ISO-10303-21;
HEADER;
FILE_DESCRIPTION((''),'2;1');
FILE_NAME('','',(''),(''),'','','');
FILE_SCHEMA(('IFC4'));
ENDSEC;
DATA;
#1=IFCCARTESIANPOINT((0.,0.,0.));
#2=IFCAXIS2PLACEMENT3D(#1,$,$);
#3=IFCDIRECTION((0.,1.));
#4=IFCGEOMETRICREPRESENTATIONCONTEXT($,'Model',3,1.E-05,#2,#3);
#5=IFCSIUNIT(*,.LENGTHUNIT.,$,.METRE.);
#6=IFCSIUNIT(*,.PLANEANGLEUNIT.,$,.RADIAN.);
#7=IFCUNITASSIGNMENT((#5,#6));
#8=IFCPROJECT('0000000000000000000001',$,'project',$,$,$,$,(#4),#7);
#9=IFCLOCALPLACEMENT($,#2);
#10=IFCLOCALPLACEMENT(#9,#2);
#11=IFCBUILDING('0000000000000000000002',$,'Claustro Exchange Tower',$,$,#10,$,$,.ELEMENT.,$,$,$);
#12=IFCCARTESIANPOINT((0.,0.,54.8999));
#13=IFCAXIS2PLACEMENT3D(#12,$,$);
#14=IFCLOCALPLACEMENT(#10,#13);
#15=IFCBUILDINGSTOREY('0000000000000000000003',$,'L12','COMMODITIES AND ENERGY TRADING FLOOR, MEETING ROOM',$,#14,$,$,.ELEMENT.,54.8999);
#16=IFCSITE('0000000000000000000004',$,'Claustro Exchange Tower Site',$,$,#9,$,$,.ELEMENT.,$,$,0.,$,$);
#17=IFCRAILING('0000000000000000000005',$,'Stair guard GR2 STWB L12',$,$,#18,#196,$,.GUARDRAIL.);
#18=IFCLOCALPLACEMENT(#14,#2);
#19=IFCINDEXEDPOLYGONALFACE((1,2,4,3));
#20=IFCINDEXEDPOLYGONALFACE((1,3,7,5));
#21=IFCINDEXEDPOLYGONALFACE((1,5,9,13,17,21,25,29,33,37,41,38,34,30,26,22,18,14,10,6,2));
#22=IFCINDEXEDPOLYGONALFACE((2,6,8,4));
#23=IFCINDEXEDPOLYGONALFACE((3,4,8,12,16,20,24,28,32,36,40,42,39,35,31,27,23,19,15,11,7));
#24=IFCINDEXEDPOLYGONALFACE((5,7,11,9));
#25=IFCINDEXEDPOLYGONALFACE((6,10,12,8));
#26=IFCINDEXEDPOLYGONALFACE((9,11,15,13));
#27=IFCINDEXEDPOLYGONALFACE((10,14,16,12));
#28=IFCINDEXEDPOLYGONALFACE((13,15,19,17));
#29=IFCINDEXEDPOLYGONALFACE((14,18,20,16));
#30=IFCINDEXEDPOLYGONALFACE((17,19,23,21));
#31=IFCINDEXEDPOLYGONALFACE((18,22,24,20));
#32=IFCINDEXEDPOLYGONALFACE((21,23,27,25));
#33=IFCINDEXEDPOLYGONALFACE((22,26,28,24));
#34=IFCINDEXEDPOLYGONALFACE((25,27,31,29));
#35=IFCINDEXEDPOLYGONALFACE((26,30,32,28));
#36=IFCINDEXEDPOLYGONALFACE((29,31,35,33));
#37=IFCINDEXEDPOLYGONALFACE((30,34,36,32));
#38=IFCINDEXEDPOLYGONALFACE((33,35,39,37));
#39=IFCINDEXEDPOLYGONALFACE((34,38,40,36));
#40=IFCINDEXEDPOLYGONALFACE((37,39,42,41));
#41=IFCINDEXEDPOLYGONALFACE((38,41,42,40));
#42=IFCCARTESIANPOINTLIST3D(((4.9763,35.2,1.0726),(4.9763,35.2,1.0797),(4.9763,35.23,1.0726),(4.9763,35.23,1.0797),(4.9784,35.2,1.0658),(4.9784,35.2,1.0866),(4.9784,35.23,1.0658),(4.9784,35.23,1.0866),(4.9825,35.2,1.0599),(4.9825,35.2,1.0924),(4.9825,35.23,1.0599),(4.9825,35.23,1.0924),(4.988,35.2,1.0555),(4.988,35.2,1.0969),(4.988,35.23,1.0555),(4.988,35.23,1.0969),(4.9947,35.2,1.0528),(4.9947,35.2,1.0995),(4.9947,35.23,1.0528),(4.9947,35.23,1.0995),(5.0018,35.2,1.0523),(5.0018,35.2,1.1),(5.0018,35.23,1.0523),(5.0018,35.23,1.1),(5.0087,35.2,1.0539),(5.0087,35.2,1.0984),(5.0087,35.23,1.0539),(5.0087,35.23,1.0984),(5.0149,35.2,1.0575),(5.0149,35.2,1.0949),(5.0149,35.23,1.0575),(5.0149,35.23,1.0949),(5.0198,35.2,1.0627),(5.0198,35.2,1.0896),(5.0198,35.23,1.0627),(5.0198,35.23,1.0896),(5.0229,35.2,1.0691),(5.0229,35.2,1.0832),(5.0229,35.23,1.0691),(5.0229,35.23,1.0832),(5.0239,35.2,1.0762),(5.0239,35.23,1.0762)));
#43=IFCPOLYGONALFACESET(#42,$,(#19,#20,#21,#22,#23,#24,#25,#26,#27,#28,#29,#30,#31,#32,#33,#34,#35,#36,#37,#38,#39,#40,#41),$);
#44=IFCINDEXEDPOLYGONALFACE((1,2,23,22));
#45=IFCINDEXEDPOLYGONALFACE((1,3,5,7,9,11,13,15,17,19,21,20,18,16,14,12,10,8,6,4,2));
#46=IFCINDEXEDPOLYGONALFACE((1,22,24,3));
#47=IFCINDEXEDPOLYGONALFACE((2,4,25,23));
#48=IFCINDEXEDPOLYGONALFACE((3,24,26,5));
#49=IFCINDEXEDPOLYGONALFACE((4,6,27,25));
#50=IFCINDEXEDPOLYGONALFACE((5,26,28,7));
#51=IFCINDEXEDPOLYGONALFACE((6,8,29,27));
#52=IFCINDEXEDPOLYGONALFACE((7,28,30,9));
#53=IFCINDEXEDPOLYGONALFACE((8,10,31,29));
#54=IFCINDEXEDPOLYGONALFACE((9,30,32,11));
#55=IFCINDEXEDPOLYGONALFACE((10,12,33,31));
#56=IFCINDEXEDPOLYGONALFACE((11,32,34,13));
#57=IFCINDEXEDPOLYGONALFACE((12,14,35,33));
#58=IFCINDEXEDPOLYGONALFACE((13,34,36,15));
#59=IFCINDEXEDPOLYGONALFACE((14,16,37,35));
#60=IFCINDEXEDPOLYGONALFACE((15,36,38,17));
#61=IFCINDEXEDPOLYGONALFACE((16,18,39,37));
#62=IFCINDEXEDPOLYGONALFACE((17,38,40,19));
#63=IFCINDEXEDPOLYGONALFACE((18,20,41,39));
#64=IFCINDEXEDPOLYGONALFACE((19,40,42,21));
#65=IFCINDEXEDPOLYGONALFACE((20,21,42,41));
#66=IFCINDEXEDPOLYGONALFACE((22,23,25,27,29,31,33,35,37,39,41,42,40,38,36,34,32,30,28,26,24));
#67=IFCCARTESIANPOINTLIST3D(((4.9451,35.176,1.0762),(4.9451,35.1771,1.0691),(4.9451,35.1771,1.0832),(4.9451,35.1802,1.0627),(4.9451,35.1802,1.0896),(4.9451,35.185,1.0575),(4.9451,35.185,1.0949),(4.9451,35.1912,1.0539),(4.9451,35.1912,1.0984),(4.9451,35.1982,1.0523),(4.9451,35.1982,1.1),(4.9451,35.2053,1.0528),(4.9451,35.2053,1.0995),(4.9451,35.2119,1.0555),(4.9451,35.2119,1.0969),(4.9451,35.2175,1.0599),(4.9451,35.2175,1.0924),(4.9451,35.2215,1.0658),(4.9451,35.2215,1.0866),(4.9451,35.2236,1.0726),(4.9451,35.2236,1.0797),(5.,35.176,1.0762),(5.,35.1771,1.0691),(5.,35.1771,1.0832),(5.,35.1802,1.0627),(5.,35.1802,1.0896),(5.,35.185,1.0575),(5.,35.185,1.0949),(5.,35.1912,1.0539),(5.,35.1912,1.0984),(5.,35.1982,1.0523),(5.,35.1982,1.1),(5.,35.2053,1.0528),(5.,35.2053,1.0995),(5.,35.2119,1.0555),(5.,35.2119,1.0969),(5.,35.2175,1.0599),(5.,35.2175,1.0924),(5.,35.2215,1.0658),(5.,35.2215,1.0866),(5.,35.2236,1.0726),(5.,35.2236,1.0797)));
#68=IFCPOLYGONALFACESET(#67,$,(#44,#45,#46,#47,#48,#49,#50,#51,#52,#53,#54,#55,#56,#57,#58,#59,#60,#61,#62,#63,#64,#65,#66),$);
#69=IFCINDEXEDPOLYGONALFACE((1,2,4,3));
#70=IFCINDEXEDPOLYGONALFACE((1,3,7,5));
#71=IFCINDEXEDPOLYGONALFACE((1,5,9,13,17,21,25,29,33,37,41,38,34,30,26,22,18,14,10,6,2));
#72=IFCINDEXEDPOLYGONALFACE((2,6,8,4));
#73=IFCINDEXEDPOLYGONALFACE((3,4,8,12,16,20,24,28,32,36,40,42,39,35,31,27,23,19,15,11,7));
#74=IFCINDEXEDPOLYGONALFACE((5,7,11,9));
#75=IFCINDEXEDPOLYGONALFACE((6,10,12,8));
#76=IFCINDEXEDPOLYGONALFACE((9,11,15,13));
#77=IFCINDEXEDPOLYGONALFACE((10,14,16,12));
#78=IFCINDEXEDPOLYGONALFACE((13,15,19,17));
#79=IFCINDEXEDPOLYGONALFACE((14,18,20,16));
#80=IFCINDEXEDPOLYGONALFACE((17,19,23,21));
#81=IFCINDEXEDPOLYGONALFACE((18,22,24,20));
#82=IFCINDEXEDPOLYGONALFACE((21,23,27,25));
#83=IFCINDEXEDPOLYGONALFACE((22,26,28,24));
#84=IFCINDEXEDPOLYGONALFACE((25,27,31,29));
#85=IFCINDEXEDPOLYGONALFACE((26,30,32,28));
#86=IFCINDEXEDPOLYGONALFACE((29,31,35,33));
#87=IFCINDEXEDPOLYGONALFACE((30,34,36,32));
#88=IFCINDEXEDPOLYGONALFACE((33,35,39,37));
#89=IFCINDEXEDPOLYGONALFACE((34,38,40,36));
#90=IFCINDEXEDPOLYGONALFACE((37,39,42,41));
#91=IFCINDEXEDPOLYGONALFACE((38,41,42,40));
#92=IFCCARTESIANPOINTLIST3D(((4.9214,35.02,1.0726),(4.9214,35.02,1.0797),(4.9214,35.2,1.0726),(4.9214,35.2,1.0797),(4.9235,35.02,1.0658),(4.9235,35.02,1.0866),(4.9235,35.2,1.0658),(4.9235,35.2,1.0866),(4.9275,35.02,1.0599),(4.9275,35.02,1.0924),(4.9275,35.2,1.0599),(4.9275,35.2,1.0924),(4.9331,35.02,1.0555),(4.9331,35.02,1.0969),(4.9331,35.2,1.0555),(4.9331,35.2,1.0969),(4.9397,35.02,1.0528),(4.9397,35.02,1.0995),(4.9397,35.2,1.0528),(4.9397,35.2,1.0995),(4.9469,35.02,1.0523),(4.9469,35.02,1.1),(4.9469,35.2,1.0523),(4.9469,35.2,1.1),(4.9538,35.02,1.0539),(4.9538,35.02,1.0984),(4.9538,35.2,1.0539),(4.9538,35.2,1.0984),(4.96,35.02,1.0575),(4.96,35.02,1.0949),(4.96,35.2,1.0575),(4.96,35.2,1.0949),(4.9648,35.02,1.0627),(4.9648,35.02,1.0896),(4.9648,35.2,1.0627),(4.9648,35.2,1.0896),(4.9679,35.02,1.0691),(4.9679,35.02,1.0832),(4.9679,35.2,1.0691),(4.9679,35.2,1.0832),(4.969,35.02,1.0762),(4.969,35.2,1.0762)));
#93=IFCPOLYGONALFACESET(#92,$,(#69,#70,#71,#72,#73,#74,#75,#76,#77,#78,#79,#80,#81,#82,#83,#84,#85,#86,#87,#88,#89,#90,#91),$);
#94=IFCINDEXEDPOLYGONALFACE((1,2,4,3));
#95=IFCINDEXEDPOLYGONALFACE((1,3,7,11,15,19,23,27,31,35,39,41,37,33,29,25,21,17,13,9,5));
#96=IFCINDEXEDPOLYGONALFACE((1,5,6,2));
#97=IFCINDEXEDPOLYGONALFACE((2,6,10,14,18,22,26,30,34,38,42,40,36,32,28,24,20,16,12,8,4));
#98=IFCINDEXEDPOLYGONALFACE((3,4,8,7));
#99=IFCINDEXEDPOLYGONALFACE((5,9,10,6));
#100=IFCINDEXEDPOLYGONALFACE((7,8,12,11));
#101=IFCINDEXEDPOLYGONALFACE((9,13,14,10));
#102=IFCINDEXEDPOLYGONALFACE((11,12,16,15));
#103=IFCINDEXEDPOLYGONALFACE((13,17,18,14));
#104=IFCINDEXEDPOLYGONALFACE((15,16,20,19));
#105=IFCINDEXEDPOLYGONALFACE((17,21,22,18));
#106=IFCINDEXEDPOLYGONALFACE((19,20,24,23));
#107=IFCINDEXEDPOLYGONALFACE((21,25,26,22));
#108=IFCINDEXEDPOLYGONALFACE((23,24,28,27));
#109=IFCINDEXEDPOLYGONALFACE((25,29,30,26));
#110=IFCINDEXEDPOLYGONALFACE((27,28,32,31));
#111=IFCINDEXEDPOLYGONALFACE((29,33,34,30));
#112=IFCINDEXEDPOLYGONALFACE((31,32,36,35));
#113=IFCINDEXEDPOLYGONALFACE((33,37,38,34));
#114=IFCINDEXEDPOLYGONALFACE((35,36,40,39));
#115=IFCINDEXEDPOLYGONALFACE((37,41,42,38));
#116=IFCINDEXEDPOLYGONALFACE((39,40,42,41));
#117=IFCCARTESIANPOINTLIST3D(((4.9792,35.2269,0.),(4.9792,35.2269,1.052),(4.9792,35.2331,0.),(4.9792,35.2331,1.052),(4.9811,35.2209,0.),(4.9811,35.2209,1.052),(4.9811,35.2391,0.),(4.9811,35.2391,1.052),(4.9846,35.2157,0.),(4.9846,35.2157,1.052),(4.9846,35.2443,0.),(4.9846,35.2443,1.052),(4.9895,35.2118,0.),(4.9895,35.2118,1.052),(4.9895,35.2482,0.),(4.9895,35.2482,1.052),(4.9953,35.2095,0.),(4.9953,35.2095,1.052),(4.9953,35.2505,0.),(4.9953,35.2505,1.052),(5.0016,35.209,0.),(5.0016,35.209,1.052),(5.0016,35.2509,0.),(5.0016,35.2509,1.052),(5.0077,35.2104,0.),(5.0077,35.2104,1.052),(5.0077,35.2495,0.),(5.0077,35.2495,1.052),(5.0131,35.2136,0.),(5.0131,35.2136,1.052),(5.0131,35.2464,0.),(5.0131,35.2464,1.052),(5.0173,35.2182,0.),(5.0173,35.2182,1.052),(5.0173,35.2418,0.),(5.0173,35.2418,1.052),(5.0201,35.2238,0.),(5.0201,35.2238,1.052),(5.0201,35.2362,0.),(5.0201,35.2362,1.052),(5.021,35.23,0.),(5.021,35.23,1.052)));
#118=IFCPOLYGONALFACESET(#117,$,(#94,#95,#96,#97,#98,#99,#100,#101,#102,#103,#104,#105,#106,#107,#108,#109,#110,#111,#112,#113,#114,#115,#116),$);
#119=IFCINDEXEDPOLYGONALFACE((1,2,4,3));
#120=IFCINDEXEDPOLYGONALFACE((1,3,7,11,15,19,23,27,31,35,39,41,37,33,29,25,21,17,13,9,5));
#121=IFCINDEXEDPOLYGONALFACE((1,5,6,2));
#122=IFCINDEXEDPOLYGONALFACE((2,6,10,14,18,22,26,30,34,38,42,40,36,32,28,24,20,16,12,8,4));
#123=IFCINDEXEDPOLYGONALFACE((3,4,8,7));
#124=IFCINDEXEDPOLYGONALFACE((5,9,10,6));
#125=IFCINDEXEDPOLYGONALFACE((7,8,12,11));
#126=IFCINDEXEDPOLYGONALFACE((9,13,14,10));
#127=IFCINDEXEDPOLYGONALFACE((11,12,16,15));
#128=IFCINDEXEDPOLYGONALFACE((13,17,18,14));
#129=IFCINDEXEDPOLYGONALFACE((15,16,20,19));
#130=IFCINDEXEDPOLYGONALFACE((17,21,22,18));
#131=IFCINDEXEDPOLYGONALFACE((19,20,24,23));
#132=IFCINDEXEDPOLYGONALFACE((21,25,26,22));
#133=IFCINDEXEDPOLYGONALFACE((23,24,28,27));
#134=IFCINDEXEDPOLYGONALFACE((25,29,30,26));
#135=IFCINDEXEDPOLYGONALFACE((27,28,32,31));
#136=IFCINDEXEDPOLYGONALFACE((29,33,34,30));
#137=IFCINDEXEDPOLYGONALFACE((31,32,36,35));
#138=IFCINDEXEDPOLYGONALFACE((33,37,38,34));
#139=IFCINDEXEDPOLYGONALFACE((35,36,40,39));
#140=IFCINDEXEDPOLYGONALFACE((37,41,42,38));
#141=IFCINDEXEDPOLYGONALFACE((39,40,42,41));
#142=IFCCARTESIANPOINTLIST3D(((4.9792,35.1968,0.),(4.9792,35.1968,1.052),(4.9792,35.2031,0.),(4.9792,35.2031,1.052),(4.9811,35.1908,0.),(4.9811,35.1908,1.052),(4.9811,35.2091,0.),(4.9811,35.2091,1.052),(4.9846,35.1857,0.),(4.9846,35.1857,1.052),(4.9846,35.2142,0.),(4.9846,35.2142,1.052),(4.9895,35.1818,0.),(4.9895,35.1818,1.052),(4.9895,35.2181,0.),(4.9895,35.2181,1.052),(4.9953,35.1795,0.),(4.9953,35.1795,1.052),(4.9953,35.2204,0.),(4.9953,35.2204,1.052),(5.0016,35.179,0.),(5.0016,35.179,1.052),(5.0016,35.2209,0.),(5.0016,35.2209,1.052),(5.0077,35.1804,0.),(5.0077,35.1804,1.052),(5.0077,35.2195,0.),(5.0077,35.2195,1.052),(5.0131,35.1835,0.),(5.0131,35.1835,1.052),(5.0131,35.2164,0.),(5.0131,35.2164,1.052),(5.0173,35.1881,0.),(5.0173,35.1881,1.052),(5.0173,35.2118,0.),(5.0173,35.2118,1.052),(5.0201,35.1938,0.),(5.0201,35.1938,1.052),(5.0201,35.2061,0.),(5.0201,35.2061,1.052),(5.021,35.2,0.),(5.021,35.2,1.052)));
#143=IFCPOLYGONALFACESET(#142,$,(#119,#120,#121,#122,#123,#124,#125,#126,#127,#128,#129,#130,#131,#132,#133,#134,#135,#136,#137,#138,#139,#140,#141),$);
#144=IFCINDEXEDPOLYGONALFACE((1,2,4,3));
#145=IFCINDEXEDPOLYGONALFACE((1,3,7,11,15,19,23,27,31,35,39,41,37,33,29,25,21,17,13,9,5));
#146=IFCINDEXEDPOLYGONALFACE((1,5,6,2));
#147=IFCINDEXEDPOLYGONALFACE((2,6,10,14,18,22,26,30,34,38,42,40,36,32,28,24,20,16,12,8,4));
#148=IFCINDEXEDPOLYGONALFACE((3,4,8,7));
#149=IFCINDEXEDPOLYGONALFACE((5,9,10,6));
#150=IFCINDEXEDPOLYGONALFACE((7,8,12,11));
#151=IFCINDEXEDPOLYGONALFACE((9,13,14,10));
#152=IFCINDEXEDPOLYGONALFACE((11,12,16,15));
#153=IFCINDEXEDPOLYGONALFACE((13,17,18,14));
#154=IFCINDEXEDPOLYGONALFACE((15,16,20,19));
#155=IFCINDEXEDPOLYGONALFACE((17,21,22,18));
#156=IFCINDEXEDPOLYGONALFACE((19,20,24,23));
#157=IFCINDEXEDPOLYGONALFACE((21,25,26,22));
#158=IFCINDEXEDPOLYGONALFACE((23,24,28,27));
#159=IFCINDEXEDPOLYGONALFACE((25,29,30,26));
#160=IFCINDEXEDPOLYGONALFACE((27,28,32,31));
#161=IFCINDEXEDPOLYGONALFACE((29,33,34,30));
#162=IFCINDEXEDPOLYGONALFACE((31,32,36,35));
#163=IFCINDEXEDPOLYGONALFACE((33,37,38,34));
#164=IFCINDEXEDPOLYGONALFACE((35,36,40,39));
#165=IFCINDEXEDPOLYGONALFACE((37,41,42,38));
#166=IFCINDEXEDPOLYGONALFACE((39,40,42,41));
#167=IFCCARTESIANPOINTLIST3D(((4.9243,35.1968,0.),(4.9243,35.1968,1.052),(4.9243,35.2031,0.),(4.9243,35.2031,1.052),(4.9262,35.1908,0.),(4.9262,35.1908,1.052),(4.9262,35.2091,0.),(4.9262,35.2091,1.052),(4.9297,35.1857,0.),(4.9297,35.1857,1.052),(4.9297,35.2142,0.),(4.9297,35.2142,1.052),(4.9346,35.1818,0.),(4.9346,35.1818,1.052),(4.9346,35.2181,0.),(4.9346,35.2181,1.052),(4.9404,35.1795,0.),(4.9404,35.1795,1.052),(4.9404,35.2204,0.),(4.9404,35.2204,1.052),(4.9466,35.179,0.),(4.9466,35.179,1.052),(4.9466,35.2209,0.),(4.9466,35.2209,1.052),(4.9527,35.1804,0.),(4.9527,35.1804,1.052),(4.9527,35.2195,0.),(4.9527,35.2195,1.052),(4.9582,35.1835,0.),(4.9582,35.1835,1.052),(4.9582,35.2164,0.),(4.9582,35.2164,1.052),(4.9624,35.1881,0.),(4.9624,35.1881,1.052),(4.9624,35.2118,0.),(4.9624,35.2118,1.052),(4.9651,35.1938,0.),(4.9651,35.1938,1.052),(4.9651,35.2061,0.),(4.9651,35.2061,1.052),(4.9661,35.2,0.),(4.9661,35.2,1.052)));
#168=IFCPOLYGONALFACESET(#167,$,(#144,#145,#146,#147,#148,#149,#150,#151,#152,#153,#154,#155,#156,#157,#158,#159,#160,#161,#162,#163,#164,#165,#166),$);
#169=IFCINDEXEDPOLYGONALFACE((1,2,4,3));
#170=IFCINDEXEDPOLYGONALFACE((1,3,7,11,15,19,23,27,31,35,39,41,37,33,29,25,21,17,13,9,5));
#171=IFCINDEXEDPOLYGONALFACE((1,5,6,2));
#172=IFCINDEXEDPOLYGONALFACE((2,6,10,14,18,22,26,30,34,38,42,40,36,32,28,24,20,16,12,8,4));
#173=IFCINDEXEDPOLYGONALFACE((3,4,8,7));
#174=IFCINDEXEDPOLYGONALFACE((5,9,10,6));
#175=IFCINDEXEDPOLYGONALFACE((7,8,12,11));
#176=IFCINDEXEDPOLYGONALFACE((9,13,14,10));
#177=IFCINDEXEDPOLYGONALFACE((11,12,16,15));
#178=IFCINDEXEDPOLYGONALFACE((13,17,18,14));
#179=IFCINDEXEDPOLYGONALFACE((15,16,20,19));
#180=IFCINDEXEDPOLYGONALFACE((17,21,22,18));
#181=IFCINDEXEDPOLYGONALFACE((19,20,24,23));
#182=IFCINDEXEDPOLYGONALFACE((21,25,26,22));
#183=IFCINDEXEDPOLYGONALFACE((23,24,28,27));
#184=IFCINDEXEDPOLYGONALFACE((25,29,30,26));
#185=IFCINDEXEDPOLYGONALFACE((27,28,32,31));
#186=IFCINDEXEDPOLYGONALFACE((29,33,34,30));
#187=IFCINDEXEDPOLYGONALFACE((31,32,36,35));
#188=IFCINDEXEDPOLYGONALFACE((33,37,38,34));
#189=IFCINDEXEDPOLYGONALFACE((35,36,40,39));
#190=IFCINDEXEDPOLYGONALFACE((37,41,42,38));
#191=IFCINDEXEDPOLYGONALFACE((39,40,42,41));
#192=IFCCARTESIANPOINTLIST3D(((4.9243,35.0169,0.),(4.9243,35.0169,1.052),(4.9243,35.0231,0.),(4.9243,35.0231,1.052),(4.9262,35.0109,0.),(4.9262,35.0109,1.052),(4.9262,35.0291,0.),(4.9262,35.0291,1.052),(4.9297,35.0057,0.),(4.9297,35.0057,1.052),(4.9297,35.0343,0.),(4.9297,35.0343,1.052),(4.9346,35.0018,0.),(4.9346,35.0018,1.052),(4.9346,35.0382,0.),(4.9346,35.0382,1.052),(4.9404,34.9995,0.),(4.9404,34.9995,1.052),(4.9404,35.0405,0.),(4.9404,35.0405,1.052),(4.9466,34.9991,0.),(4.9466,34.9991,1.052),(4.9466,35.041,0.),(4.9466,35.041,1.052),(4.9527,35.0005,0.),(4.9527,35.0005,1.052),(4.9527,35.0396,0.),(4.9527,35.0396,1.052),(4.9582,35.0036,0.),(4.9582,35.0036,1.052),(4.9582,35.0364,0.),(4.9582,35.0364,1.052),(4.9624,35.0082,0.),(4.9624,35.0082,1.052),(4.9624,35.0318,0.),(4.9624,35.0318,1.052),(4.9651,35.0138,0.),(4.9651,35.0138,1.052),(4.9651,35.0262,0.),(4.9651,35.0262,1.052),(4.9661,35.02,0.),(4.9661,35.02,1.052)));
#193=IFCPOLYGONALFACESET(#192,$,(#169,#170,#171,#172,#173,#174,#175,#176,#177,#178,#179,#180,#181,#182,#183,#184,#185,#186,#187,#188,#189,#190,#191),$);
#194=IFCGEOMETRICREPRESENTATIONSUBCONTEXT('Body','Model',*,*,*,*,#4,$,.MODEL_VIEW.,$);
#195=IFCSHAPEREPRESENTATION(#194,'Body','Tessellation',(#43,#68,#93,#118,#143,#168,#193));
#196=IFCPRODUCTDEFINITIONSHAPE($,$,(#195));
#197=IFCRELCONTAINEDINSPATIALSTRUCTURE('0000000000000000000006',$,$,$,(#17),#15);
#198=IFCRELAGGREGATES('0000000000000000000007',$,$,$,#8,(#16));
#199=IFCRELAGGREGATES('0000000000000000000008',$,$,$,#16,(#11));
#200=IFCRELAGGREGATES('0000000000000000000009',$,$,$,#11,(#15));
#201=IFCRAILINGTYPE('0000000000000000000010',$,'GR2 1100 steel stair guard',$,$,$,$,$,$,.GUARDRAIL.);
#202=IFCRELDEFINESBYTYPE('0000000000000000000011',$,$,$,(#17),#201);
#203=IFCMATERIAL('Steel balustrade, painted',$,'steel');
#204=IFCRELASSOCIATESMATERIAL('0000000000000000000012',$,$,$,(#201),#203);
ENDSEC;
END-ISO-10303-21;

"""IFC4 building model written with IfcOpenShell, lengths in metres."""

from ifc_helpers import new_model, si_unit, direction, frame, origin, origin_2d, place, context, subcontext, project, spatial, circle, extrude, material, type_object, element, save


model = new_model("IFC4")

# Units and contexts
model_context = context("Model", 3, precision=1e-05, world=origin(), true_north=direction((0.0, 1.0)))
body_context = subcontext(model_context, "Body", "Model", "MODEL_VIEW")
ifc_project = project(units=[si_unit("LENGTHUNIT", "METRE"), si_unit("PLANEANGLEUNIT", "RADIAN")], contexts=[model_context])

# Site, building, storey
site_placement = place(None, origin())
site = spatial("IfcSite", under=ifc_project, at=site_placement, Name="Claustro Exchange Tower Site", CompositionType="ELEMENT", RefElevation=0.0)
building_placement = place(site_placement, origin())
building = spatial("IfcBuilding", under=site, at=building_placement, Name="Claustro Exchange Tower", CompositionType="ELEMENT")
storey_placement = place(building_placement, frame((0.0, 0.0, 54.8999)))
storey = spatial("IfcBuildingStorey", under=building, at=storey_placement, Name="L12", Description="COMMODITIES AND ENERGY TRADING FLOOR, MEETING ROOM", CompositionType="ELEMENT", Elevation=54.8999)

# Railing
ifc_material_1 = material(Name="Steel balustrade, painted", Category="steel")
railing_type_1 = type_object("IfcRailingType", Name="GR2 1100 steel stair guard", PredefinedType="GUARDRAIL", material=ifc_material_1)
railing_1_placement = place(storey_placement, frame((5.0, 35.23, 0.0)))
element("IfcRailing", 1, at=railing_1_placement, inside=storey, type_object=railing_type_1, Name="Stair guard GR2 STWB L12", PredefinedType="GUARDRAIL", context=body_context, shape_type="SweptSolid", body=[
    extrude(circle(Radius=0.0239, at=origin_2d()), frame((0.0, 0.0, 1.0762), z_axis=(0.0, -1.0, 0.0), x_axis=(1.0, 0.0, 0.0)), (0.0, 0.0, 1.0), 0.03),
    extrude(circle(Radius=0.0239, at=origin_2d()), frame((0.0, -0.03, 1.0762), z_axis=(-1.0, 0.0, 0.0), x_axis=(0.0, -1.0, 0.0)), (0.0, 0.0, 1.0), 0.0549),
    extrude(circle(Radius=0.0239, at=origin_2d()), frame((-0.0549, -0.03, 1.0762), z_axis=(0.0, -1.0, 0.0), x_axis=(1.0, 0.0, 0.0)), (0.0, 0.0, 1.0), 0.1799),
    extrude(circle(Radius=0.021, at=origin_2d()), origin(), (0.0, 0.0, 1.0), 1.052),
    extrude(circle(Radius=0.021, at=origin_2d()), frame((0.0, -0.03, 0.0)), (0.0, 0.0, 1.0), 1.052),
    extrude(circle(Radius=0.021, at=origin_2d()), frame((-0.0549, -0.03, 0.0)), (0.0, 0.0, 1.0), 1.052),
    extrude(circle(Radius=0.021, at=origin_2d()), frame((-0.0549, -0.21, 0.0)), (0.0, 0.0, 1.0), 1.052),
])

save(model, "model.ifc")
